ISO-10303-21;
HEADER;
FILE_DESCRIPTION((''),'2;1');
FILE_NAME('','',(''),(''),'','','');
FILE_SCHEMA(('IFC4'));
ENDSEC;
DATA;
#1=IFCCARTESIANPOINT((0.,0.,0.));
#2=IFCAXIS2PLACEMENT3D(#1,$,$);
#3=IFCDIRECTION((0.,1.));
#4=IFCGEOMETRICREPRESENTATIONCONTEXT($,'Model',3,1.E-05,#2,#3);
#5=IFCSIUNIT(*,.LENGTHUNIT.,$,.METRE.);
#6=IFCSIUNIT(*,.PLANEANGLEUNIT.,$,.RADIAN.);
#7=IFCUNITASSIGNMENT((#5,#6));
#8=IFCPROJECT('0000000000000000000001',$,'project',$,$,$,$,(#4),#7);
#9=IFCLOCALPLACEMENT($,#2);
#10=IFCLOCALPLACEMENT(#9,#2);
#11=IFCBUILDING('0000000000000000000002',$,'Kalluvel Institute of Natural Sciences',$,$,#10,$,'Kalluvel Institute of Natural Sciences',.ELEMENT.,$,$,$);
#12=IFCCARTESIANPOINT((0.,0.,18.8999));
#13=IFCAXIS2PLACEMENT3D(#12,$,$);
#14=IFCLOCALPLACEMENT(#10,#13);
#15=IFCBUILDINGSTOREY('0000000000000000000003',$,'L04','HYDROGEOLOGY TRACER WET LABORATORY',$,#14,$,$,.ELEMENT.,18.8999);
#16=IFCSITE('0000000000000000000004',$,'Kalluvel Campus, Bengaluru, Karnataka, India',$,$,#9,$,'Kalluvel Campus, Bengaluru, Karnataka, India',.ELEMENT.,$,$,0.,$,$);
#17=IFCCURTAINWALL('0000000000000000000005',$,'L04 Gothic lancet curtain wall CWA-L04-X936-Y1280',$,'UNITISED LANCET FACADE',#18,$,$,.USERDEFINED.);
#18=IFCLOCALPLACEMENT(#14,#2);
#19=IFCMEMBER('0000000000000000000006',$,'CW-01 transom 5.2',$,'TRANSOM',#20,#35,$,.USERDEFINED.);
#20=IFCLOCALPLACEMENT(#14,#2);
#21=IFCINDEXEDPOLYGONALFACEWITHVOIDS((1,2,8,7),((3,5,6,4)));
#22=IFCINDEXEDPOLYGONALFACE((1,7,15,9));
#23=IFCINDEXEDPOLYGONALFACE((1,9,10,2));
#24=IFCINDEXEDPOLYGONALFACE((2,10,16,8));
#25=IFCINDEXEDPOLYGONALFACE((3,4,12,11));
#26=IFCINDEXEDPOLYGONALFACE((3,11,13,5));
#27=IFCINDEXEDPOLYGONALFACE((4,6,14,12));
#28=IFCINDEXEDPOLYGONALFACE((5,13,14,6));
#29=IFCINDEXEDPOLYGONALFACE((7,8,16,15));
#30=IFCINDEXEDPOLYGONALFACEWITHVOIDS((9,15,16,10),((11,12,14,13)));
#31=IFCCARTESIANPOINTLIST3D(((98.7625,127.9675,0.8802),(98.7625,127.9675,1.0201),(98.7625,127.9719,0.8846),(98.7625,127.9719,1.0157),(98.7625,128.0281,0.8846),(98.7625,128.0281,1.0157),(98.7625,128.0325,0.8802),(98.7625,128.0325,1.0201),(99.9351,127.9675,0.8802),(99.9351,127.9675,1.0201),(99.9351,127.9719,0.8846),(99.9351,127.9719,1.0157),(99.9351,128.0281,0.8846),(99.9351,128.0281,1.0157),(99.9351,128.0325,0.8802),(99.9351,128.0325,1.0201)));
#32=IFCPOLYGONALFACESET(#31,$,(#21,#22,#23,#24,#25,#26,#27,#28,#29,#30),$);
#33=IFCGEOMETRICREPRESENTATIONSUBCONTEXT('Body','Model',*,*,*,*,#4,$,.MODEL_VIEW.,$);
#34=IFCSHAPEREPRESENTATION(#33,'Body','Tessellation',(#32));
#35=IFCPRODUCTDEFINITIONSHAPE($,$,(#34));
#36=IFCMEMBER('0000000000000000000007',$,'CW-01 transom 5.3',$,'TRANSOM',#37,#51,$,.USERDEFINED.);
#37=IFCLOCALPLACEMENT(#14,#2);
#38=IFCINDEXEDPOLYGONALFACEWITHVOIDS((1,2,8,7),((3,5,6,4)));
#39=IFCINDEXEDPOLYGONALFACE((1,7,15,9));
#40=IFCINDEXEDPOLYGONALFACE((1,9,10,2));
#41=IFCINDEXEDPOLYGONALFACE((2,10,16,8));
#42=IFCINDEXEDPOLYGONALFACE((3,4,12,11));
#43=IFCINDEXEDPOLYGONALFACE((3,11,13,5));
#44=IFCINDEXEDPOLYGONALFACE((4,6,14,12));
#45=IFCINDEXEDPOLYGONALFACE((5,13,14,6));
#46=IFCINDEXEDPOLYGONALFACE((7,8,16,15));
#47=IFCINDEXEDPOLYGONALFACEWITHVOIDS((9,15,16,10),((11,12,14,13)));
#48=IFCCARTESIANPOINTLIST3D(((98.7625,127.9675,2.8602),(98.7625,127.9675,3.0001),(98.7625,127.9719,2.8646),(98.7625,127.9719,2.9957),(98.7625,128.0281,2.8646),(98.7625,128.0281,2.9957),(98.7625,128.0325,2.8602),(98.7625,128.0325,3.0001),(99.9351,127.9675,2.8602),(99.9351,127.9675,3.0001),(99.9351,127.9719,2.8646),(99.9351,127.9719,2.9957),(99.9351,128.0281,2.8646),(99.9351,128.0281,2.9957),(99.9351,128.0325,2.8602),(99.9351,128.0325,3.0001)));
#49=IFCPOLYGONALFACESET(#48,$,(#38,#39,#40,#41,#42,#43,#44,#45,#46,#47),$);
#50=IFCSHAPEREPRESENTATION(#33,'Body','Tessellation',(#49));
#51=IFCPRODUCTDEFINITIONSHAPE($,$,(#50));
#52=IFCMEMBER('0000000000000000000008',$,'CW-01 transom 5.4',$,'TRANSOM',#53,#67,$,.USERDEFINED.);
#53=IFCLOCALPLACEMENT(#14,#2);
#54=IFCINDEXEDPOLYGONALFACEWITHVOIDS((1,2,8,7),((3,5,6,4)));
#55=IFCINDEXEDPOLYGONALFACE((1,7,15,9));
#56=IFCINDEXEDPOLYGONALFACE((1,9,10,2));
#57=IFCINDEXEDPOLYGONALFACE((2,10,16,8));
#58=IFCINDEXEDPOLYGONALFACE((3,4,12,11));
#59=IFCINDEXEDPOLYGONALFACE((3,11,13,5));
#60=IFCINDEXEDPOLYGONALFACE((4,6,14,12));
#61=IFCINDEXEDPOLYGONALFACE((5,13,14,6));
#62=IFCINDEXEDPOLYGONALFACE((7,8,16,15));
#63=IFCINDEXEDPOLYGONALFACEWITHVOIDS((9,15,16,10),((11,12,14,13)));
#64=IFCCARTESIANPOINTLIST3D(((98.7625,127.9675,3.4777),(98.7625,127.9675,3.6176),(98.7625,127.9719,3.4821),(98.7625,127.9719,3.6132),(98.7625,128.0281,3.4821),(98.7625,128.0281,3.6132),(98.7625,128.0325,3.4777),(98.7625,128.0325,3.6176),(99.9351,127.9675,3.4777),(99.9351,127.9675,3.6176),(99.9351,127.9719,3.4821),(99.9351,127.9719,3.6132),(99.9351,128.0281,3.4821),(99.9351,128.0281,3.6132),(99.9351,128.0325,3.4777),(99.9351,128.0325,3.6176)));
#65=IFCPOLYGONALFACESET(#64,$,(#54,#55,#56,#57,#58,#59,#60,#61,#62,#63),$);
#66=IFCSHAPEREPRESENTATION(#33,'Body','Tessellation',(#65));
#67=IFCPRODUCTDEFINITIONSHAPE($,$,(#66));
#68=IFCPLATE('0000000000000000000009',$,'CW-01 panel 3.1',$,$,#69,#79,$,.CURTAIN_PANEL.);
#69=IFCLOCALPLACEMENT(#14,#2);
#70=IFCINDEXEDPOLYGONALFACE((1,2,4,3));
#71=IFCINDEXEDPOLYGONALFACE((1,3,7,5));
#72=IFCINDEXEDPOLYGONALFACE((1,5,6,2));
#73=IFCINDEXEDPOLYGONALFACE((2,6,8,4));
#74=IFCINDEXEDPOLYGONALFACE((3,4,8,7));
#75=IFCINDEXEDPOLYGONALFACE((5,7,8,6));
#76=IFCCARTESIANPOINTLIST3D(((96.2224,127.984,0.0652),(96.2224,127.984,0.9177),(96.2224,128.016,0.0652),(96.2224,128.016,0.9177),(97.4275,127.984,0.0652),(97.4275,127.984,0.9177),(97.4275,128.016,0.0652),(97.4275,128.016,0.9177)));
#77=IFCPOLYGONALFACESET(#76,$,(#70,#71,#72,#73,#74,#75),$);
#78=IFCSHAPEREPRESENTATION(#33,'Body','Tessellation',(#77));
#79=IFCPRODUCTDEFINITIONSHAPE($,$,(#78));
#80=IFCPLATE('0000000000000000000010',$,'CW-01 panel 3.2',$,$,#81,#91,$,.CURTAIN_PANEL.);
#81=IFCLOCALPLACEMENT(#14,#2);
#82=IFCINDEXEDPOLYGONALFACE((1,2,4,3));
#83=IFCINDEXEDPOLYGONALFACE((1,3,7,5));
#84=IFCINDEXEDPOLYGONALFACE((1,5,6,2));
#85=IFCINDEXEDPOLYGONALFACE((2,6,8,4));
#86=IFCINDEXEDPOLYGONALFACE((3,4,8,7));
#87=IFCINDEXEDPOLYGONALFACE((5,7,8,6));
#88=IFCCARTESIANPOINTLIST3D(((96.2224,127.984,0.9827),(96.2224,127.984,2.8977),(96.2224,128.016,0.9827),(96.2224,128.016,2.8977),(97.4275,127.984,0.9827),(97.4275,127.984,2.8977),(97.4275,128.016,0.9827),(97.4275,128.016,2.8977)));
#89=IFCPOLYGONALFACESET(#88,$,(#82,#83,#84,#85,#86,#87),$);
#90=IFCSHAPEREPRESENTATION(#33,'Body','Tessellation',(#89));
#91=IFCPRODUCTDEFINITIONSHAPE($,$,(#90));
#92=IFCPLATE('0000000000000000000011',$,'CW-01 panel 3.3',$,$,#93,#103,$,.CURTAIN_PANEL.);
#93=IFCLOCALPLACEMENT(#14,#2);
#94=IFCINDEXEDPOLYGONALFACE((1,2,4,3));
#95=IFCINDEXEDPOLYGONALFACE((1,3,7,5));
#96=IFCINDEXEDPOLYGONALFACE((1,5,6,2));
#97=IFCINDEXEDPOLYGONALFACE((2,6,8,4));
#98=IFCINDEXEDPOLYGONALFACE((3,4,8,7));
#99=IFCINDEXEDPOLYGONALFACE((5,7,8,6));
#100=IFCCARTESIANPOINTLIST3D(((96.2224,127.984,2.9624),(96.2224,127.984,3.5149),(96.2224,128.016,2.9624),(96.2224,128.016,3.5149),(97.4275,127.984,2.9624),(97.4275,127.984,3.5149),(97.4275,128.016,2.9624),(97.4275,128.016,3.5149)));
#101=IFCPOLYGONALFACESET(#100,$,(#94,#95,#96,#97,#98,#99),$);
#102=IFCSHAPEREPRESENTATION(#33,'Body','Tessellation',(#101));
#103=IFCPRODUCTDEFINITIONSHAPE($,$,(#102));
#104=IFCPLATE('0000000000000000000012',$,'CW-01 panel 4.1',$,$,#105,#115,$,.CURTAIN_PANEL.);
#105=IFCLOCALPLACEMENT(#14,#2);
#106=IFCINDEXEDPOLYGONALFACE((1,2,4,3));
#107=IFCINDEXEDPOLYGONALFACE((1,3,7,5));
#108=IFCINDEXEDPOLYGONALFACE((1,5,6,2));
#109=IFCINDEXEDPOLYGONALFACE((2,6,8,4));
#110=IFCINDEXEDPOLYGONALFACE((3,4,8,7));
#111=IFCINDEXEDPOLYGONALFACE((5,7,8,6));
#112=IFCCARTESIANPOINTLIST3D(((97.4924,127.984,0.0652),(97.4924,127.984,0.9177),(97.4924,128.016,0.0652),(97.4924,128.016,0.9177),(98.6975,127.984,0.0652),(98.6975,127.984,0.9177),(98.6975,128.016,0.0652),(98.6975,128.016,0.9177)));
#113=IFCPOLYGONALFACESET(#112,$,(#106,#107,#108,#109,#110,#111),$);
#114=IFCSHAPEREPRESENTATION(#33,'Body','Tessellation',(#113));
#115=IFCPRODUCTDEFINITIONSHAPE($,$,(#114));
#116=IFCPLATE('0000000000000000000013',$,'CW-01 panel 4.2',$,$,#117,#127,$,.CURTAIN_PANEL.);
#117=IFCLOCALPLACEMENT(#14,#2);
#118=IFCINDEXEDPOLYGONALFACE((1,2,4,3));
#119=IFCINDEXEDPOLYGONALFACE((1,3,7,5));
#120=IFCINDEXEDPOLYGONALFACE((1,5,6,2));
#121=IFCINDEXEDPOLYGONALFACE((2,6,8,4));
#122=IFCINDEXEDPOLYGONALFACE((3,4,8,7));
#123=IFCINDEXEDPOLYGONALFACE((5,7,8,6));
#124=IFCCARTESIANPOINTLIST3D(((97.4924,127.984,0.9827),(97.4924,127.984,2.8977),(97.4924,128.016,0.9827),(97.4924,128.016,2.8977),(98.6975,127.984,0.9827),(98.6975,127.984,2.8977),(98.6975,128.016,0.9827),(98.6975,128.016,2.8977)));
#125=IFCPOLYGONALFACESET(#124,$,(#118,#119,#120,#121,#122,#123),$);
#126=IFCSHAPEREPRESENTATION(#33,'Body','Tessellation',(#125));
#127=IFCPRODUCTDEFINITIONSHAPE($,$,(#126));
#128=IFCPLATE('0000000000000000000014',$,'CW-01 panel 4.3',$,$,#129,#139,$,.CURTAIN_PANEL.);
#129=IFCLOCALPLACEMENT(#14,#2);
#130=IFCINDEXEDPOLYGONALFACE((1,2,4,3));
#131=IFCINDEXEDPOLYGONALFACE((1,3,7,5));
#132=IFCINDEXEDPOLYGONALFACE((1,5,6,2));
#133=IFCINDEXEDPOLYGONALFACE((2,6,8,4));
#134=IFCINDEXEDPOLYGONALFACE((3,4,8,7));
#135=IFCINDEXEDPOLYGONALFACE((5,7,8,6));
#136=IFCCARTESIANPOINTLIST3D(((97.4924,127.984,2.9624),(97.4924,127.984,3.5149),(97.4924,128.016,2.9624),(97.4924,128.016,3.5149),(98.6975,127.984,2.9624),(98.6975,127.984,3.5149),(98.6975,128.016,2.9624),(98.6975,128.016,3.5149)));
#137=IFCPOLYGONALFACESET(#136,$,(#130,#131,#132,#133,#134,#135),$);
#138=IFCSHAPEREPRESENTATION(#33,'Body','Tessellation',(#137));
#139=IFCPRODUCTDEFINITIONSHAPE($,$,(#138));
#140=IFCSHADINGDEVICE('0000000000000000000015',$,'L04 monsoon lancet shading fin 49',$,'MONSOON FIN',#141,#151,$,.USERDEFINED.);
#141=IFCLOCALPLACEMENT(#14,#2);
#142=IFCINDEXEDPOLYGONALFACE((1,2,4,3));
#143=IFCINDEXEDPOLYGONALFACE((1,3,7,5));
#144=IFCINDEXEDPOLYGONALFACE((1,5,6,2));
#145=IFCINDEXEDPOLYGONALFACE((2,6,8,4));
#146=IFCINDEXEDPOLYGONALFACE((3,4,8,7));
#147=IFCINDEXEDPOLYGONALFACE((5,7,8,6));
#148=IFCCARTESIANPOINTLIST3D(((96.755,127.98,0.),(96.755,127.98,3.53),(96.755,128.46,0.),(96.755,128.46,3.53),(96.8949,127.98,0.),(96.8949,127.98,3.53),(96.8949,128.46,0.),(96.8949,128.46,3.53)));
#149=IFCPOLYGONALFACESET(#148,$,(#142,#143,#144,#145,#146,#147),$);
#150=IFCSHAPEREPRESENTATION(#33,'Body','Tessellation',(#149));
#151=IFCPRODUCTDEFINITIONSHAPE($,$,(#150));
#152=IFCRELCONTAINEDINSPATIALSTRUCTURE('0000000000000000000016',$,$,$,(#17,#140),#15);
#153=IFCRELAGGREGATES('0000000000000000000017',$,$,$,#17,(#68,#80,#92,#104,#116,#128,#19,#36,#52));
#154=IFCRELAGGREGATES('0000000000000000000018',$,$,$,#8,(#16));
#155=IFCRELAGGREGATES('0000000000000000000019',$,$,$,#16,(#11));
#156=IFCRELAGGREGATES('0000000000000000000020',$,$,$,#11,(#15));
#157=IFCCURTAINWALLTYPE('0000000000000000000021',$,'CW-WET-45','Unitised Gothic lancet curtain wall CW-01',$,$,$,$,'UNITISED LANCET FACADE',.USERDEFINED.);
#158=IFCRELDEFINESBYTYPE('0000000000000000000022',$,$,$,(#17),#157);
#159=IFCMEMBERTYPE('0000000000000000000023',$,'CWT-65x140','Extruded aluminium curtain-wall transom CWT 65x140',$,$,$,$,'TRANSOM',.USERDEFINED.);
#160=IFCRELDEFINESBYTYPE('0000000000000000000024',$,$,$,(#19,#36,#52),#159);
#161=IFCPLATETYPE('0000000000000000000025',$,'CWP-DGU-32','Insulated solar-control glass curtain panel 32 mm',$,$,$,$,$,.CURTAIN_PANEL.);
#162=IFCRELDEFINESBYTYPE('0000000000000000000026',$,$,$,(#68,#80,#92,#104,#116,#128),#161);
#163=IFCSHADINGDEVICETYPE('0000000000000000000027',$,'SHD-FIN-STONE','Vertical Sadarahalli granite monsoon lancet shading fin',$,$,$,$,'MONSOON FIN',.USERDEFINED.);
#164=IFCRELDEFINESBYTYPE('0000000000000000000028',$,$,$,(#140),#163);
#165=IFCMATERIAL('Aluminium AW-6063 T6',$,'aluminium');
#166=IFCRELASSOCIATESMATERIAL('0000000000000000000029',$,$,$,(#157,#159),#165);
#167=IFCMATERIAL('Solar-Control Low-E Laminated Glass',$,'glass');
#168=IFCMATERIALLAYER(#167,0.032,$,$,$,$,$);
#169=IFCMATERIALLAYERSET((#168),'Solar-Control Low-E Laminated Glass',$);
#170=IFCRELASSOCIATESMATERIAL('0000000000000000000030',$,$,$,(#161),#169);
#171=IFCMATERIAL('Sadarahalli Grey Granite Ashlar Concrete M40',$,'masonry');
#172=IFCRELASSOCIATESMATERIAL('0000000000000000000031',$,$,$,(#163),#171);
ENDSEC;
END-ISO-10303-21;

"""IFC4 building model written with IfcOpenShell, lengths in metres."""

from ifc_helpers import new_model, si_unit, direction, frame, origin, origin_2d, place, context, subcontext, project, spatial, rectangle, hollow_rectangle, extrude, material, layer, layer_set, material_profile, profile_set, type_object, element, aggregate, save


model = new_model("IFC4")

# Units and contexts
model_context = context("Model", 3, precision=1e-05, world=origin(), true_north=direction((0.0, 1.0)))
body_context = subcontext(model_context, "Body", "Model", "MODEL_VIEW")
ifc_project = project(units=[si_unit("LENGTHUNIT", "METRE"), si_unit("PLANEANGLEUNIT", "RADIAN")], contexts=[model_context])

# Site, building, storey
site_placement = place(None, origin())
site = spatial("IfcSite", under=ifc_project, at=site_placement, Name="Kalluvel Campus, Bengaluru, Karnataka, India", LongName="Kalluvel Campus, Bengaluru, Karnataka, India", CompositionType="ELEMENT", RefElevation=0.0)
building_placement = place(site_placement, origin())
building = spatial("IfcBuilding", under=site, at=building_placement, Name="Kalluvel Institute of Natural Sciences", LongName="Kalluvel Institute of Natural Sciences", CompositionType="ELEMENT")
storey_placement = place(building_placement, frame((0.0, 0.0, 18.8999)))
storey = spatial("IfcBuildingStorey", under=building, at=storey_placement, Name="L04", Description="HYDROGEOLOGY TRACER WET LABORATORY", CompositionType="ELEMENT", Elevation=18.8999)

# Curtain wall, members, plates
ifc_material_1 = material(Name="Aluminium AW-6063 T6", Category="aluminium")
curtain_wall_type = type_object("IfcCurtainWallType", Name="CW-WET-45", Description="Unitised Gothic lancet curtain wall CW-01", ElementType="UNITISED LANCET FACADE", PredefinedType="USERDEFINED", material=ifc_material_1)
curtain_wall_placement = place(storey_placement, origin())
curtain_wall = element("IfcCurtainWall", 1, at=curtain_wall_placement, inside=storey, type_object=curtain_wall_type, Name="L04 Gothic lancet curtain wall CWA-L04-X936-Y1280", ObjectType="UNITISED LANCET FACADE", PredefinedType="USERDEFINED")
ifc_material_profile_1 = material_profile(ifc_material_1, hollow_rectangle(XDim=0.0649, YDim=0.1399, WallThickness=0.0044, at=origin_2d()), Name="CWT 65x140")
ifc_profile_set_1 = profile_set([ifc_material_profile_1], Name="Aluminium AW-6063 T6")
member_type_1 = type_object("IfcMemberType", Name="CWT-65x140", Description="Extruded aluminium curtain-wall transom CWT 65x140", ElementType="TRANSOM", PredefinedType="USERDEFINED", material=ifc_profile_set_1)
member_1_placement = place(storey_placement, frame((98.7625, 128.0, 0.9502), z_axis=(1.0, 0.0, 0.0), x_axis=(0.0, 1.0, 0.0)))
member_1 = element("IfcMember", 2, at=member_1_placement, type_object=member_type_1, Name="CW-01 transom 5.2", ObjectType="TRANSOM", PredefinedType="USERDEFINED", context=body_context, shape_type="SweptSolid", body=[
    extrude(hollow_rectangle(XDim=0.0649, YDim=0.1399, WallThickness=0.0044, at=origin_2d()), origin(), (0.0, 0.0, 1.0), 1.1726),
])
member_2_placement = place(storey_placement, frame((98.7625, 128.0, 2.9302), z_axis=(1.0, 0.0, 0.0), x_axis=(0.0, 1.0, 0.0)))
member_2 = element("IfcMember", 3, at=member_2_placement, type_object=member_type_1, Name="CW-01 transom 5.3", ObjectType="TRANSOM", PredefinedType="USERDEFINED", context=body_context, shape_type="SweptSolid", body=[
    extrude(hollow_rectangle(XDim=0.0649, YDim=0.1399, WallThickness=0.0044, at=origin_2d()), origin(), (0.0, 0.0, 1.0), 1.1726),
])
member_3_placement = place(storey_placement, frame((98.7625, 128.0, 3.5476), z_axis=(1.0, 0.0, 0.0), x_axis=(0.0, 1.0, 0.0)))
member_3 = element("IfcMember", 4, at=member_3_placement, type_object=member_type_1, Name="CW-01 transom 5.4", ObjectType="TRANSOM", PredefinedType="USERDEFINED", context=body_context, shape_type="SweptSolid", body=[
    extrude(hollow_rectangle(XDim=0.0649, YDim=0.1399, WallThickness=0.0044, at=origin_2d()), origin(), (0.0, 0.0, 1.0), 1.1726),
])
ifc_material_2 = material(Name="Solar-Control Low-E Laminated Glass", Category="glass")
ifc_layer = layer(ifc_material_2, 0.032)
ifc_layer_set = layer_set([ifc_layer], Name="Solar-Control Low-E Laminated Glass")
plate_type = type_object("IfcPlateType", Name="CWP-DGU-32", Description="Insulated solar-control glass curtain panel 32 mm", PredefinedType="CURTAIN_PANEL", material=ifc_layer_set)
plate_1_placement = place(storey_placement, frame((96.825, 128.0, 0.0652), z_axis=(0.0, 0.0, 1.0), x_axis=(1.0, 0.0, 0.0)))
plate_1 = element("IfcPlate", 5, at=plate_1_placement, type_object=plate_type, Name="CW-01 panel 3.1", PredefinedType="CURTAIN_PANEL", context=body_context, shape_type="SweptSolid", body=[
    extrude(rectangle(XDim=1.2051, YDim=0.032, at=origin_2d()), origin(), (0.0, 0.0, 1.0), 0.8525),
])
plate_2_placement = place(storey_placement, frame((96.825, 128.0, 0.9827), z_axis=(0.0, 0.0, 1.0), x_axis=(1.0, 0.0, 0.0)))
plate_2 = element("IfcPlate", 6, at=plate_2_placement, type_object=plate_type, Name="CW-01 panel 3.2", PredefinedType="CURTAIN_PANEL", context=body_context, shape_type="SweptSolid", body=[
    extrude(rectangle(XDim=1.2051, YDim=0.032, at=origin_2d()), origin(), (0.0, 0.0, 1.0), 1.915),
])
plate_3_placement = place(storey_placement, frame((96.825, 128.0, 2.9624), z_axis=(0.0, 0.0, 1.0), x_axis=(1.0, 0.0, 0.0)))
plate_3 = element("IfcPlate", 7, at=plate_3_placement, type_object=plate_type, Name="CW-01 panel 3.3", PredefinedType="CURTAIN_PANEL", context=body_context, shape_type="SweptSolid", body=[
    extrude(rectangle(XDim=1.2051, YDim=0.032, at=origin_2d()), origin(), (0.0, 0.0, 1.0), 0.5525),
])
plate_4_placement = place(storey_placement, frame((98.095, 128.0, 0.0652), z_axis=(0.0, 0.0, 1.0), x_axis=(1.0, 0.0, 0.0)))
plate_4 = element("IfcPlate", 8, at=plate_4_placement, type_object=plate_type, Name="CW-01 panel 4.1", PredefinedType="CURTAIN_PANEL", context=body_context, shape_type="SweptSolid", body=[
    extrude(rectangle(XDim=1.2051, YDim=0.032, at=origin_2d()), origin(), (0.0, 0.0, 1.0), 0.8525),
])
plate_5_placement = place(storey_placement, frame((98.095, 128.0, 0.9827), z_axis=(0.0, 0.0, 1.0), x_axis=(1.0, 0.0, 0.0)))
plate_5 = element("IfcPlate", 9, at=plate_5_placement, type_object=plate_type, Name="CW-01 panel 4.2", PredefinedType="CURTAIN_PANEL", context=body_context, shape_type="SweptSolid", body=[
    extrude(rectangle(XDim=1.2051, YDim=0.032, at=origin_2d()), origin(), (0.0, 0.0, 1.0), 1.915),
])
plate_6_placement = place(storey_placement, frame((98.095, 128.0, 2.9624), z_axis=(0.0, 0.0, 1.0), x_axis=(1.0, 0.0, 0.0)))
plate_6 = element("IfcPlate", 10, at=plate_6_placement, type_object=plate_type, Name="CW-01 panel 4.3", PredefinedType="CURTAIN_PANEL", context=body_context, shape_type="SweptSolid", body=[
    extrude(rectangle(XDim=1.2051, YDim=0.032, at=origin_2d()), origin(), (0.0, 0.0, 1.0), 0.5525),
])
aggregate(curtain_wall, [plate_1, plate_2, plate_3, plate_4, plate_5, plate_6, member_1, member_2, member_3])

# Shading device
ifc_material_3 = material(Name="Sadarahalli Grey Granite Ashlar Concrete M40", Category="masonry")
shading_device_type = type_object("IfcShadingDeviceType", Name="SHD-FIN-STONE", Description="Vertical Sadarahalli granite monsoon lancet shading fin", ElementType="MONSOON FIN", PredefinedType="USERDEFINED", material=ifc_material_3)
shading_device_placement = place(storey_placement, frame((96.825, 128.22, 0.0), z_axis=(0.0, 0.0, 1.0), x_axis=(1.0, 0.0, 0.0)))
element("IfcShadingDevice", 11, at=shading_device_placement, inside=storey, type_object=shading_device_type, Name="L04 monsoon lancet shading fin 49", ObjectType="MONSOON FIN", PredefinedType="USERDEFINED", context=body_context, shape_type="SweptSolid", body=[
    extrude(rectangle(XDim=0.1399, YDim=0.48, at=origin_2d()), origin(), (0.0, 0.0, 1.0), 3.53),
])

save(model, "model.ifc")
